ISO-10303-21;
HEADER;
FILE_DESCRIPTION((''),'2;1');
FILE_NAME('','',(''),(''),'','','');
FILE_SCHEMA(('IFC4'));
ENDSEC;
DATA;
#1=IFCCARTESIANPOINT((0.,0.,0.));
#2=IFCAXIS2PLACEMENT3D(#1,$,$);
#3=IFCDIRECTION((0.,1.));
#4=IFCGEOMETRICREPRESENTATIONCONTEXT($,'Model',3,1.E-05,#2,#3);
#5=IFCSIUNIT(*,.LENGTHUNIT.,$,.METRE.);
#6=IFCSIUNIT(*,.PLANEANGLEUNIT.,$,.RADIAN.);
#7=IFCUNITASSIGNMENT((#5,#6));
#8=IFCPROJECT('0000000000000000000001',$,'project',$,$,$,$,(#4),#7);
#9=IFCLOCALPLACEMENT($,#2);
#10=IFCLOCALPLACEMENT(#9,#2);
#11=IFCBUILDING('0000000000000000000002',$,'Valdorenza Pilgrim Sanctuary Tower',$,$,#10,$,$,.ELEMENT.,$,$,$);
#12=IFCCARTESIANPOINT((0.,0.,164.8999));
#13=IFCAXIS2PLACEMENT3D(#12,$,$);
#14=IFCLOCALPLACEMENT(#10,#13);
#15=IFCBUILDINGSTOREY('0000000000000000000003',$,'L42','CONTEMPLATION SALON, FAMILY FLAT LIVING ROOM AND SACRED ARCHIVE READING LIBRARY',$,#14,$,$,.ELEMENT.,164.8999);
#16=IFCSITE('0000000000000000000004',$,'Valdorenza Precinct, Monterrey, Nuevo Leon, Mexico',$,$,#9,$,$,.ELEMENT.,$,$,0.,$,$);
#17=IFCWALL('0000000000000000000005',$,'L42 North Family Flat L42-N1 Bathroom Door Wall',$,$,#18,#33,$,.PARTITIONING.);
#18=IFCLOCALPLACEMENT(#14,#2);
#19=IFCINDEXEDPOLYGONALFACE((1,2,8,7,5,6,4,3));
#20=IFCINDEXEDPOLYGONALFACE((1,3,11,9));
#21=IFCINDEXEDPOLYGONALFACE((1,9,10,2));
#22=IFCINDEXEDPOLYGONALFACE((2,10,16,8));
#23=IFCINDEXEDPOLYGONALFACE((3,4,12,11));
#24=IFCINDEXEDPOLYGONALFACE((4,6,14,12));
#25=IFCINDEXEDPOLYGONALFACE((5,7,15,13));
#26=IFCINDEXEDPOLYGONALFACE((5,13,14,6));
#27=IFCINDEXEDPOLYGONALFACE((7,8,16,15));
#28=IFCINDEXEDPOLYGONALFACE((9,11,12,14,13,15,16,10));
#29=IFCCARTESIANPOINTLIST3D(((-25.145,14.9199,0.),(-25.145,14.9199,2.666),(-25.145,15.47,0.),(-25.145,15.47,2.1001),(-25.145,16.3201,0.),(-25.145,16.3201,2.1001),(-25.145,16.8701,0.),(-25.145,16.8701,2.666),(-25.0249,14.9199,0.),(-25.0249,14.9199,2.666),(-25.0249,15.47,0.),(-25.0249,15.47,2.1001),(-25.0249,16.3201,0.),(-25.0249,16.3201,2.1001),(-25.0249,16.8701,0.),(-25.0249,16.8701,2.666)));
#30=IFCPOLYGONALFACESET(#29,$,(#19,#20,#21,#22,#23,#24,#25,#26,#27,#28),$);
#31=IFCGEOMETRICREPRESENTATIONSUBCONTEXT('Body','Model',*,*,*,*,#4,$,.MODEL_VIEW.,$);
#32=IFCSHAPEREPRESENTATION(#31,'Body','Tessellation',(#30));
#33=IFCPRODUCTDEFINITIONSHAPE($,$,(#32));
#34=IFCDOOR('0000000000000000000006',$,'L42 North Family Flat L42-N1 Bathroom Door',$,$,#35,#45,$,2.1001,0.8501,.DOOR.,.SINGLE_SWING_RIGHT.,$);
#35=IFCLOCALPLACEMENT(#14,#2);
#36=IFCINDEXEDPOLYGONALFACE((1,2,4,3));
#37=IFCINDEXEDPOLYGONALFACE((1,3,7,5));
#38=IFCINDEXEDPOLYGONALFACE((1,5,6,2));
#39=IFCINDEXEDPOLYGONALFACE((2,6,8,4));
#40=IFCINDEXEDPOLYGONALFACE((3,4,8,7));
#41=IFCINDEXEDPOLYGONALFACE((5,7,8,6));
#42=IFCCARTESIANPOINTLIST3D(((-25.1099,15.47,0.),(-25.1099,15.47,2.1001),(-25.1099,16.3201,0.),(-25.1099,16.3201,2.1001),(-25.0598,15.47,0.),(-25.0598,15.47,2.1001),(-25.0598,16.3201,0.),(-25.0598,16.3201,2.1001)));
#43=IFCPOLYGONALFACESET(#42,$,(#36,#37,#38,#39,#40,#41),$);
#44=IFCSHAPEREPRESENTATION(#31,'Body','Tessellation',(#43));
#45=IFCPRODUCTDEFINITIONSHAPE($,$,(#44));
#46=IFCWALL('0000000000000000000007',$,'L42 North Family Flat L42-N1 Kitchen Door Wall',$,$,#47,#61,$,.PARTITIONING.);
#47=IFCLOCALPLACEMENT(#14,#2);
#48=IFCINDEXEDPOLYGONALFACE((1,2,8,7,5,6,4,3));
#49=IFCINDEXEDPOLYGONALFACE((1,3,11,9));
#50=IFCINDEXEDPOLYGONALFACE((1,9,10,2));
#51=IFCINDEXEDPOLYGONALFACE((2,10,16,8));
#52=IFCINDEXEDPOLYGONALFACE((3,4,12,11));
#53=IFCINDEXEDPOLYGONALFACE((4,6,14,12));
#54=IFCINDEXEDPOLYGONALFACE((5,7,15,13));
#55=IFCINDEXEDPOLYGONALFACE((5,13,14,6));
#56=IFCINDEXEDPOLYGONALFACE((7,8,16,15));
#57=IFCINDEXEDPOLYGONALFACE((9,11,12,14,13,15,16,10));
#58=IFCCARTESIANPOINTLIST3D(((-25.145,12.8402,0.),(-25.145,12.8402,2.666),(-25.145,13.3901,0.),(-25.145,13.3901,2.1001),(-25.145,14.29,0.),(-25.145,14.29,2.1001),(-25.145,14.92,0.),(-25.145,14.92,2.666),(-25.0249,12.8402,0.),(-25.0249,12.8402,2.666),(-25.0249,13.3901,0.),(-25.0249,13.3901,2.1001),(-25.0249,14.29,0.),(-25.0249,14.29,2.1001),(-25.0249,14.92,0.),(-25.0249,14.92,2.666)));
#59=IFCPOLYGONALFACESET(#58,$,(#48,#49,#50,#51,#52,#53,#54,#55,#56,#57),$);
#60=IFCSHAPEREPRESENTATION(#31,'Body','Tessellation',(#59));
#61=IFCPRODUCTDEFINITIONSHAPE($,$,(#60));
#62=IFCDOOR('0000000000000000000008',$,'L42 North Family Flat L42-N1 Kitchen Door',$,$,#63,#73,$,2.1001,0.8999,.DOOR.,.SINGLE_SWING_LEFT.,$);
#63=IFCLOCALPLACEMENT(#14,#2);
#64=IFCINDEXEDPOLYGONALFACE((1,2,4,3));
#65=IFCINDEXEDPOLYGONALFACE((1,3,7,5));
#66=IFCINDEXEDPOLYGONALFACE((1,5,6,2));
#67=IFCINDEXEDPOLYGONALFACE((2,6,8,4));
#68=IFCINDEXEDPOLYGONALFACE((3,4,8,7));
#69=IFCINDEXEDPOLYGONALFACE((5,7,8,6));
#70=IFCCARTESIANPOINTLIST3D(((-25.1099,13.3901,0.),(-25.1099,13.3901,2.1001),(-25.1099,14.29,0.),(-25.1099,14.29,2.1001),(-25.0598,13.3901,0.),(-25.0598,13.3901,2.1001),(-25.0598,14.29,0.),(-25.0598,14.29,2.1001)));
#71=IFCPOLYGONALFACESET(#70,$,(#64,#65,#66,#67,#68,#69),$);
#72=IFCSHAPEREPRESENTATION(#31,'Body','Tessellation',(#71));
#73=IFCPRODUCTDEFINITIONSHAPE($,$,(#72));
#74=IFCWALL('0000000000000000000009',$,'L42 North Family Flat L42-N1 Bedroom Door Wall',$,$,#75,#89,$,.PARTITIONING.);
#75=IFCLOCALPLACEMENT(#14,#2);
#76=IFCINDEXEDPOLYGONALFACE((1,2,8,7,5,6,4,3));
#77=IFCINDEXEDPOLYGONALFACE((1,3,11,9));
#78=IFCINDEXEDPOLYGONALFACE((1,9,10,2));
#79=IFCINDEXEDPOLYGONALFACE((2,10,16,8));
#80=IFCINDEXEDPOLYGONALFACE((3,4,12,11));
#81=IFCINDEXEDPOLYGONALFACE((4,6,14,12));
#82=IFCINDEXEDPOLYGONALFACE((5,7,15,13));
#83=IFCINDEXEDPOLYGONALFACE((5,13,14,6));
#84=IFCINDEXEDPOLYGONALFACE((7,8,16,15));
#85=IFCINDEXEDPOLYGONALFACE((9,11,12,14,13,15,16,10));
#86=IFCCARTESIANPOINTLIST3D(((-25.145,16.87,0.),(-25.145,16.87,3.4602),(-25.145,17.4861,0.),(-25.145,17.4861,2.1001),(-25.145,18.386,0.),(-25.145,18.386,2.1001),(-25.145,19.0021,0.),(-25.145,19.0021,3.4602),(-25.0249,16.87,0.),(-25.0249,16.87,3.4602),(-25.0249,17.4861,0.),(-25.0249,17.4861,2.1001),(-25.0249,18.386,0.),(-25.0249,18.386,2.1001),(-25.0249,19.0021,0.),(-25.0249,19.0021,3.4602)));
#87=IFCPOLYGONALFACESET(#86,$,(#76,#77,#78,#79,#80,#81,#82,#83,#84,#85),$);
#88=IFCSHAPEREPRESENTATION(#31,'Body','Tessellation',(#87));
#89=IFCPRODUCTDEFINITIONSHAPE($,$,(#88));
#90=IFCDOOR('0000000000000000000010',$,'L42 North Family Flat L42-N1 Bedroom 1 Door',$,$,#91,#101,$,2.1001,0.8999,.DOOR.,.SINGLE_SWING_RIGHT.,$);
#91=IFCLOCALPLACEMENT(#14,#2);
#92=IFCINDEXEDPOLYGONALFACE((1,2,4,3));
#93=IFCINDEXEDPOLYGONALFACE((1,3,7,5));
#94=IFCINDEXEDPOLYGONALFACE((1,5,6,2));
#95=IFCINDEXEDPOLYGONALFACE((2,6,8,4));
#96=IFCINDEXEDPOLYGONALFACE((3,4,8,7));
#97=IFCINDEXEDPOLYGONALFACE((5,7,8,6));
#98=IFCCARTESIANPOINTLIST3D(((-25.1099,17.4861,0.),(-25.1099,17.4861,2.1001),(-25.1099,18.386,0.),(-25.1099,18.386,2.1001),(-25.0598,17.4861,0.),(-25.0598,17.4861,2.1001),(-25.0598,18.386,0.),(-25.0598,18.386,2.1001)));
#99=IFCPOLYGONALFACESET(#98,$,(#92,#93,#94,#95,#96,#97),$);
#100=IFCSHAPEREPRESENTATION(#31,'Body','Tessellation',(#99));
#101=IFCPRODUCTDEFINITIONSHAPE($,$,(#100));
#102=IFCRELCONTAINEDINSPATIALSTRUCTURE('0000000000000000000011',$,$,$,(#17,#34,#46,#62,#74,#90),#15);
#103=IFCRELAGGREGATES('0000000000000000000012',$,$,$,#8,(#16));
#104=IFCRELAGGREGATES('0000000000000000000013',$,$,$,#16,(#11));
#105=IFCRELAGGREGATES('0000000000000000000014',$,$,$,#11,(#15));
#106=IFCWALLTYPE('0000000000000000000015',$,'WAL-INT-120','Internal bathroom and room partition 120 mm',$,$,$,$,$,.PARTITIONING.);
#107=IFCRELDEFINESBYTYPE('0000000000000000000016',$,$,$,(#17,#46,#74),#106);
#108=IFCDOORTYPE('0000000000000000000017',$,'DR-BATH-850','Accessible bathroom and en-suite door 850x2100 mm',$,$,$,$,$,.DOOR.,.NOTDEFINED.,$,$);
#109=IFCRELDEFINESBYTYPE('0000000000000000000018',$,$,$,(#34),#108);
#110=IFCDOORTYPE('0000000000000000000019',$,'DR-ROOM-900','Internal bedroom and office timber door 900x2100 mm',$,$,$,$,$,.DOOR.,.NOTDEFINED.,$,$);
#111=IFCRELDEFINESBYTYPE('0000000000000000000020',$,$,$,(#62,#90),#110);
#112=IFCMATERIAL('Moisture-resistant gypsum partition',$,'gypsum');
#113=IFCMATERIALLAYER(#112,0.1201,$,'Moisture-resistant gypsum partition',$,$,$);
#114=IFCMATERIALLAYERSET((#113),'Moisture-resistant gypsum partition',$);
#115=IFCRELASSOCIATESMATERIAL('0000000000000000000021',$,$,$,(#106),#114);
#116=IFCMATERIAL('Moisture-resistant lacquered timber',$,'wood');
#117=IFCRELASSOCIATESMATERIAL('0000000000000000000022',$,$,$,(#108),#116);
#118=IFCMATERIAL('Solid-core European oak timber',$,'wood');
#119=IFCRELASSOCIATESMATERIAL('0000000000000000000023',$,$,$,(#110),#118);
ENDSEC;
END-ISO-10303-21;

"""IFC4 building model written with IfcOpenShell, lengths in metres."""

from ifc_helpers import new_model, si_unit, direction, frame, frame_2d, origin, place, context, subcontext, project, spatial, rectangle, extrude, material, layer, layer_set, type_object, element, fill, save


model = new_model("IFC4")

# Units and contexts
model_context = context("Model", 3, precision=1e-05, world=origin(), true_north=direction((0.0, 1.0)))
body_context = subcontext(model_context, "Body", "Model", "MODEL_VIEW")
ifc_project = project(units=[si_unit("LENGTHUNIT", "METRE"), si_unit("PLANEANGLEUNIT", "RADIAN")], contexts=[model_context])

# Site, building, storey
site_placement = place(None, origin())
site = spatial("IfcSite", under=ifc_project, at=site_placement, Name="Valdorenza Precinct, Monterrey, Nuevo Leon, Mexico", CompositionType="ELEMENT", RefElevation=0.0)
building_placement = place(site_placement, origin())
building = spatial("IfcBuilding", under=site, at=building_placement, Name="Valdorenza Pilgrim Sanctuary Tower", CompositionType="ELEMENT")
storey_placement = place(building_placement, frame((0.0, 0.0, 164.8999)))
storey = spatial("IfcBuildingStorey", under=building, at=storey_placement, Name="L42", Description="CONTEMPLATION SALON, FAMILY FLAT LIVING ROOM AND SACRED ARCHIVE READING LIBRARY", CompositionType="ELEMENT", Elevation=164.8999)

# Shared definitions
ifc_material_1 = material(Name="Solid-core European oak timber", Category="wood")

# Shared definitions
ifc_material_2 = material(Name="Moisture-resistant gypsum partition", Category="gypsum")
ifc_layer_1 = layer(ifc_material_2, 0.1201, Name="Moisture-resistant gypsum partition")
ifc_layer_set_1 = layer_set([ifc_layer_1], Name="Moisture-resistant gypsum partition")
wall_type_1 = type_object("IfcWallType", Name="WAL-INT-120", Description="Internal bathroom and room partition 120 mm", PredefinedType="PARTITIONING", material=ifc_layer_set_1)

# Walls, openings, doors
wall_1_placement = place(storey_placement, frame((-25.085, 14.9199, 0.0), z_axis=(0.0, 0.0, 1.0), x_axis=(0.0, 1.0, 0.0)))
wall_1 = element("IfcWall", 1, at=wall_1_placement, inside=storey, type_object=wall_type_1, Name="L42 North Family Flat L42-N1 Bathroom Door Wall", PredefinedType="PARTITIONING", context=body_context, shape_type="SweptSolid", body=[
    extrude(rectangle(XDim=1.9502, YDim=0.1201, at=frame_2d((0.9751, 0.0))), origin(), (0.0, 0.0, 1.0), 2.666),
])
opening_1_placement = place(wall_1_placement, frame((0.55, 0.0, 0.0)))
opening_1 = element("IfcOpeningElement", 2, at=opening_1_placement, cuts=wall_1, PredefinedType="OPENING", context=body_context, shape_type="SweptSolid", body=[
    extrude(rectangle(XDim=0.8501, YDim=2.1001, at=frame_2d((0.425, 1.05))), frame((0.0, 0.075, 0.0), z_axis=(0.0, -1.0, 0.0), x_axis=(1.0, 0.0, 0.0)), (0.0, 0.0, 1.0), 0.1499),
])
ifc_material_3 = material(Name="Moisture-resistant lacquered timber", Category="wood")
door_type_1 = type_object("IfcDoorType", Name="DR-BATH-850", Description="Accessible bathroom and en-suite door 850x2100 mm", OperationType="NOTDEFINED", PredefinedType="DOOR", material=ifc_material_3)
door_1_placement = place(opening_1_placement, origin())
door_1 = element("IfcDoor", 3, at=door_1_placement, inside=storey, type_object=door_type_1, Name="L42 North Family Flat L42-N1 Bathroom Door", OperationType="SINGLE_SWING_RIGHT", OverallHeight=2.1001, OverallWidth=0.8501, PredefinedType="DOOR", context=body_context, shape_type="SweptSolid", body=[
    extrude(rectangle(XDim=0.8501, YDim=2.1001, at=frame_2d((0.425, 1.05))), frame((0.0, 0.0249, 0.0), z_axis=(0.0, -1.0, 0.0), x_axis=(1.0, 0.0, 0.0)), (0.0, 0.0, 1.0), 0.05),
])
fill(opening_1, door_1)
wall_2_placement = place(storey_placement, frame((-25.085, 12.8401, 0.0), z_axis=(0.0, 0.0, 1.0), x_axis=(0.0, 1.0, 0.0)))
wall_2 = element("IfcWall", 4, at=wall_2_placement, inside=storey, type_object=wall_type_1, Name="L42 North Family Flat L42-N1 Kitchen Door Wall", PredefinedType="PARTITIONING", context=body_context, shape_type="SweptSolid", body=[
    extrude(rectangle(XDim=2.0798, YDim=0.1201, at=frame_2d((1.04, 0.0))), origin(), (0.0, 0.0, 1.0), 2.666),
])
opening_2_placement = place(wall_2_placement, frame((0.55, 0.0, 0.0)))
opening_2 = element("IfcOpeningElement", 5, at=opening_2_placement, cuts=wall_2, PredefinedType="OPENING", context=body_context, shape_type="SweptSolid", body=[
    extrude(rectangle(XDim=0.8999, YDim=2.1001, at=frame_2d((0.45, 1.05))), frame((0.0, 0.075, 0.0), z_axis=(0.0, -1.0, 0.0), x_axis=(1.0, 0.0, 0.0)), (0.0, 0.0, 1.0), 0.1499),
])
door_type_2 = type_object("IfcDoorType", Name="DR-ROOM-900", Description="Internal bedroom and office timber door 900x2100 mm", OperationType="NOTDEFINED", PredefinedType="DOOR", material=ifc_material_1)
door_2_placement = place(opening_2_placement, origin())
door_2 = element("IfcDoor", 6, at=door_2_placement, inside=storey, type_object=door_type_2, Name="L42 North Family Flat L42-N1 Kitchen Door", OperationType="SINGLE_SWING_LEFT", OverallHeight=2.1001, OverallWidth=0.8999, PredefinedType="DOOR", context=body_context, shape_type="SweptSolid", body=[
    extrude(rectangle(XDim=0.8999, YDim=2.1001, at=frame_2d((0.45, 1.05))), frame((0.0, 0.0249, 0.0), z_axis=(0.0, -1.0, 0.0), x_axis=(1.0, 0.0, 0.0)), (0.0, 0.0, 1.0), 0.05),
])
fill(opening_2, door_2)
wall_3_placement = place(storey_placement, frame((-25.085, 16.8701, 0.0), z_axis=(0.0, 0.0, 1.0), x_axis=(0.0, 1.0, 0.0)))
wall_3 = element("IfcWall", 7, at=wall_3_placement, inside=storey, type_object=wall_type_1, Name="L42 North Family Flat L42-N1 Bedroom Door Wall", PredefinedType="PARTITIONING", context=body_context, shape_type="SweptSolid", body=[
    extrude(rectangle(XDim=2.1321, YDim=0.1201, at=frame_2d((1.0659, 0.0))), origin(), (0.0, 0.0, 1.0), 3.4602),
])
opening_3_placement = place(wall_3_placement, frame((0.616, 0.0, 0.0)))
opening_3 = element("IfcOpeningElement", 8, at=opening_3_placement, cuts=wall_3, PredefinedType="OPENING", context=body_context, shape_type="SweptSolid", body=[
    extrude(rectangle(XDim=0.8999, YDim=2.1001, at=frame_2d((0.45, 1.05))), frame((0.0, 0.075, 0.0), z_axis=(0.0, -1.0, 0.0), x_axis=(1.0, 0.0, 0.0)), (0.0, 0.0, 1.0), 0.1499),
])
door_3_placement = place(opening_3_placement, origin())
door_3 = element("IfcDoor", 9, at=door_3_placement, inside=storey, type_object=door_type_2, Name="L42 North Family Flat L42-N1 Bedroom 1 Door", OperationType="SINGLE_SWING_RIGHT", OverallHeight=2.1001, OverallWidth=0.8999, PredefinedType="DOOR", context=body_context, shape_type="SweptSolid", body=[
    extrude(rectangle(XDim=0.8999, YDim=2.1001, at=frame_2d((0.45, 1.05))), frame((0.0, 0.0249, 0.0), z_axis=(0.0, -1.0, 0.0), x_axis=(1.0, 0.0, 0.0)), (0.0, 0.0, 1.0), 0.05),
])
fill(opening_3, door_3)

save(model, "model.ifc")
